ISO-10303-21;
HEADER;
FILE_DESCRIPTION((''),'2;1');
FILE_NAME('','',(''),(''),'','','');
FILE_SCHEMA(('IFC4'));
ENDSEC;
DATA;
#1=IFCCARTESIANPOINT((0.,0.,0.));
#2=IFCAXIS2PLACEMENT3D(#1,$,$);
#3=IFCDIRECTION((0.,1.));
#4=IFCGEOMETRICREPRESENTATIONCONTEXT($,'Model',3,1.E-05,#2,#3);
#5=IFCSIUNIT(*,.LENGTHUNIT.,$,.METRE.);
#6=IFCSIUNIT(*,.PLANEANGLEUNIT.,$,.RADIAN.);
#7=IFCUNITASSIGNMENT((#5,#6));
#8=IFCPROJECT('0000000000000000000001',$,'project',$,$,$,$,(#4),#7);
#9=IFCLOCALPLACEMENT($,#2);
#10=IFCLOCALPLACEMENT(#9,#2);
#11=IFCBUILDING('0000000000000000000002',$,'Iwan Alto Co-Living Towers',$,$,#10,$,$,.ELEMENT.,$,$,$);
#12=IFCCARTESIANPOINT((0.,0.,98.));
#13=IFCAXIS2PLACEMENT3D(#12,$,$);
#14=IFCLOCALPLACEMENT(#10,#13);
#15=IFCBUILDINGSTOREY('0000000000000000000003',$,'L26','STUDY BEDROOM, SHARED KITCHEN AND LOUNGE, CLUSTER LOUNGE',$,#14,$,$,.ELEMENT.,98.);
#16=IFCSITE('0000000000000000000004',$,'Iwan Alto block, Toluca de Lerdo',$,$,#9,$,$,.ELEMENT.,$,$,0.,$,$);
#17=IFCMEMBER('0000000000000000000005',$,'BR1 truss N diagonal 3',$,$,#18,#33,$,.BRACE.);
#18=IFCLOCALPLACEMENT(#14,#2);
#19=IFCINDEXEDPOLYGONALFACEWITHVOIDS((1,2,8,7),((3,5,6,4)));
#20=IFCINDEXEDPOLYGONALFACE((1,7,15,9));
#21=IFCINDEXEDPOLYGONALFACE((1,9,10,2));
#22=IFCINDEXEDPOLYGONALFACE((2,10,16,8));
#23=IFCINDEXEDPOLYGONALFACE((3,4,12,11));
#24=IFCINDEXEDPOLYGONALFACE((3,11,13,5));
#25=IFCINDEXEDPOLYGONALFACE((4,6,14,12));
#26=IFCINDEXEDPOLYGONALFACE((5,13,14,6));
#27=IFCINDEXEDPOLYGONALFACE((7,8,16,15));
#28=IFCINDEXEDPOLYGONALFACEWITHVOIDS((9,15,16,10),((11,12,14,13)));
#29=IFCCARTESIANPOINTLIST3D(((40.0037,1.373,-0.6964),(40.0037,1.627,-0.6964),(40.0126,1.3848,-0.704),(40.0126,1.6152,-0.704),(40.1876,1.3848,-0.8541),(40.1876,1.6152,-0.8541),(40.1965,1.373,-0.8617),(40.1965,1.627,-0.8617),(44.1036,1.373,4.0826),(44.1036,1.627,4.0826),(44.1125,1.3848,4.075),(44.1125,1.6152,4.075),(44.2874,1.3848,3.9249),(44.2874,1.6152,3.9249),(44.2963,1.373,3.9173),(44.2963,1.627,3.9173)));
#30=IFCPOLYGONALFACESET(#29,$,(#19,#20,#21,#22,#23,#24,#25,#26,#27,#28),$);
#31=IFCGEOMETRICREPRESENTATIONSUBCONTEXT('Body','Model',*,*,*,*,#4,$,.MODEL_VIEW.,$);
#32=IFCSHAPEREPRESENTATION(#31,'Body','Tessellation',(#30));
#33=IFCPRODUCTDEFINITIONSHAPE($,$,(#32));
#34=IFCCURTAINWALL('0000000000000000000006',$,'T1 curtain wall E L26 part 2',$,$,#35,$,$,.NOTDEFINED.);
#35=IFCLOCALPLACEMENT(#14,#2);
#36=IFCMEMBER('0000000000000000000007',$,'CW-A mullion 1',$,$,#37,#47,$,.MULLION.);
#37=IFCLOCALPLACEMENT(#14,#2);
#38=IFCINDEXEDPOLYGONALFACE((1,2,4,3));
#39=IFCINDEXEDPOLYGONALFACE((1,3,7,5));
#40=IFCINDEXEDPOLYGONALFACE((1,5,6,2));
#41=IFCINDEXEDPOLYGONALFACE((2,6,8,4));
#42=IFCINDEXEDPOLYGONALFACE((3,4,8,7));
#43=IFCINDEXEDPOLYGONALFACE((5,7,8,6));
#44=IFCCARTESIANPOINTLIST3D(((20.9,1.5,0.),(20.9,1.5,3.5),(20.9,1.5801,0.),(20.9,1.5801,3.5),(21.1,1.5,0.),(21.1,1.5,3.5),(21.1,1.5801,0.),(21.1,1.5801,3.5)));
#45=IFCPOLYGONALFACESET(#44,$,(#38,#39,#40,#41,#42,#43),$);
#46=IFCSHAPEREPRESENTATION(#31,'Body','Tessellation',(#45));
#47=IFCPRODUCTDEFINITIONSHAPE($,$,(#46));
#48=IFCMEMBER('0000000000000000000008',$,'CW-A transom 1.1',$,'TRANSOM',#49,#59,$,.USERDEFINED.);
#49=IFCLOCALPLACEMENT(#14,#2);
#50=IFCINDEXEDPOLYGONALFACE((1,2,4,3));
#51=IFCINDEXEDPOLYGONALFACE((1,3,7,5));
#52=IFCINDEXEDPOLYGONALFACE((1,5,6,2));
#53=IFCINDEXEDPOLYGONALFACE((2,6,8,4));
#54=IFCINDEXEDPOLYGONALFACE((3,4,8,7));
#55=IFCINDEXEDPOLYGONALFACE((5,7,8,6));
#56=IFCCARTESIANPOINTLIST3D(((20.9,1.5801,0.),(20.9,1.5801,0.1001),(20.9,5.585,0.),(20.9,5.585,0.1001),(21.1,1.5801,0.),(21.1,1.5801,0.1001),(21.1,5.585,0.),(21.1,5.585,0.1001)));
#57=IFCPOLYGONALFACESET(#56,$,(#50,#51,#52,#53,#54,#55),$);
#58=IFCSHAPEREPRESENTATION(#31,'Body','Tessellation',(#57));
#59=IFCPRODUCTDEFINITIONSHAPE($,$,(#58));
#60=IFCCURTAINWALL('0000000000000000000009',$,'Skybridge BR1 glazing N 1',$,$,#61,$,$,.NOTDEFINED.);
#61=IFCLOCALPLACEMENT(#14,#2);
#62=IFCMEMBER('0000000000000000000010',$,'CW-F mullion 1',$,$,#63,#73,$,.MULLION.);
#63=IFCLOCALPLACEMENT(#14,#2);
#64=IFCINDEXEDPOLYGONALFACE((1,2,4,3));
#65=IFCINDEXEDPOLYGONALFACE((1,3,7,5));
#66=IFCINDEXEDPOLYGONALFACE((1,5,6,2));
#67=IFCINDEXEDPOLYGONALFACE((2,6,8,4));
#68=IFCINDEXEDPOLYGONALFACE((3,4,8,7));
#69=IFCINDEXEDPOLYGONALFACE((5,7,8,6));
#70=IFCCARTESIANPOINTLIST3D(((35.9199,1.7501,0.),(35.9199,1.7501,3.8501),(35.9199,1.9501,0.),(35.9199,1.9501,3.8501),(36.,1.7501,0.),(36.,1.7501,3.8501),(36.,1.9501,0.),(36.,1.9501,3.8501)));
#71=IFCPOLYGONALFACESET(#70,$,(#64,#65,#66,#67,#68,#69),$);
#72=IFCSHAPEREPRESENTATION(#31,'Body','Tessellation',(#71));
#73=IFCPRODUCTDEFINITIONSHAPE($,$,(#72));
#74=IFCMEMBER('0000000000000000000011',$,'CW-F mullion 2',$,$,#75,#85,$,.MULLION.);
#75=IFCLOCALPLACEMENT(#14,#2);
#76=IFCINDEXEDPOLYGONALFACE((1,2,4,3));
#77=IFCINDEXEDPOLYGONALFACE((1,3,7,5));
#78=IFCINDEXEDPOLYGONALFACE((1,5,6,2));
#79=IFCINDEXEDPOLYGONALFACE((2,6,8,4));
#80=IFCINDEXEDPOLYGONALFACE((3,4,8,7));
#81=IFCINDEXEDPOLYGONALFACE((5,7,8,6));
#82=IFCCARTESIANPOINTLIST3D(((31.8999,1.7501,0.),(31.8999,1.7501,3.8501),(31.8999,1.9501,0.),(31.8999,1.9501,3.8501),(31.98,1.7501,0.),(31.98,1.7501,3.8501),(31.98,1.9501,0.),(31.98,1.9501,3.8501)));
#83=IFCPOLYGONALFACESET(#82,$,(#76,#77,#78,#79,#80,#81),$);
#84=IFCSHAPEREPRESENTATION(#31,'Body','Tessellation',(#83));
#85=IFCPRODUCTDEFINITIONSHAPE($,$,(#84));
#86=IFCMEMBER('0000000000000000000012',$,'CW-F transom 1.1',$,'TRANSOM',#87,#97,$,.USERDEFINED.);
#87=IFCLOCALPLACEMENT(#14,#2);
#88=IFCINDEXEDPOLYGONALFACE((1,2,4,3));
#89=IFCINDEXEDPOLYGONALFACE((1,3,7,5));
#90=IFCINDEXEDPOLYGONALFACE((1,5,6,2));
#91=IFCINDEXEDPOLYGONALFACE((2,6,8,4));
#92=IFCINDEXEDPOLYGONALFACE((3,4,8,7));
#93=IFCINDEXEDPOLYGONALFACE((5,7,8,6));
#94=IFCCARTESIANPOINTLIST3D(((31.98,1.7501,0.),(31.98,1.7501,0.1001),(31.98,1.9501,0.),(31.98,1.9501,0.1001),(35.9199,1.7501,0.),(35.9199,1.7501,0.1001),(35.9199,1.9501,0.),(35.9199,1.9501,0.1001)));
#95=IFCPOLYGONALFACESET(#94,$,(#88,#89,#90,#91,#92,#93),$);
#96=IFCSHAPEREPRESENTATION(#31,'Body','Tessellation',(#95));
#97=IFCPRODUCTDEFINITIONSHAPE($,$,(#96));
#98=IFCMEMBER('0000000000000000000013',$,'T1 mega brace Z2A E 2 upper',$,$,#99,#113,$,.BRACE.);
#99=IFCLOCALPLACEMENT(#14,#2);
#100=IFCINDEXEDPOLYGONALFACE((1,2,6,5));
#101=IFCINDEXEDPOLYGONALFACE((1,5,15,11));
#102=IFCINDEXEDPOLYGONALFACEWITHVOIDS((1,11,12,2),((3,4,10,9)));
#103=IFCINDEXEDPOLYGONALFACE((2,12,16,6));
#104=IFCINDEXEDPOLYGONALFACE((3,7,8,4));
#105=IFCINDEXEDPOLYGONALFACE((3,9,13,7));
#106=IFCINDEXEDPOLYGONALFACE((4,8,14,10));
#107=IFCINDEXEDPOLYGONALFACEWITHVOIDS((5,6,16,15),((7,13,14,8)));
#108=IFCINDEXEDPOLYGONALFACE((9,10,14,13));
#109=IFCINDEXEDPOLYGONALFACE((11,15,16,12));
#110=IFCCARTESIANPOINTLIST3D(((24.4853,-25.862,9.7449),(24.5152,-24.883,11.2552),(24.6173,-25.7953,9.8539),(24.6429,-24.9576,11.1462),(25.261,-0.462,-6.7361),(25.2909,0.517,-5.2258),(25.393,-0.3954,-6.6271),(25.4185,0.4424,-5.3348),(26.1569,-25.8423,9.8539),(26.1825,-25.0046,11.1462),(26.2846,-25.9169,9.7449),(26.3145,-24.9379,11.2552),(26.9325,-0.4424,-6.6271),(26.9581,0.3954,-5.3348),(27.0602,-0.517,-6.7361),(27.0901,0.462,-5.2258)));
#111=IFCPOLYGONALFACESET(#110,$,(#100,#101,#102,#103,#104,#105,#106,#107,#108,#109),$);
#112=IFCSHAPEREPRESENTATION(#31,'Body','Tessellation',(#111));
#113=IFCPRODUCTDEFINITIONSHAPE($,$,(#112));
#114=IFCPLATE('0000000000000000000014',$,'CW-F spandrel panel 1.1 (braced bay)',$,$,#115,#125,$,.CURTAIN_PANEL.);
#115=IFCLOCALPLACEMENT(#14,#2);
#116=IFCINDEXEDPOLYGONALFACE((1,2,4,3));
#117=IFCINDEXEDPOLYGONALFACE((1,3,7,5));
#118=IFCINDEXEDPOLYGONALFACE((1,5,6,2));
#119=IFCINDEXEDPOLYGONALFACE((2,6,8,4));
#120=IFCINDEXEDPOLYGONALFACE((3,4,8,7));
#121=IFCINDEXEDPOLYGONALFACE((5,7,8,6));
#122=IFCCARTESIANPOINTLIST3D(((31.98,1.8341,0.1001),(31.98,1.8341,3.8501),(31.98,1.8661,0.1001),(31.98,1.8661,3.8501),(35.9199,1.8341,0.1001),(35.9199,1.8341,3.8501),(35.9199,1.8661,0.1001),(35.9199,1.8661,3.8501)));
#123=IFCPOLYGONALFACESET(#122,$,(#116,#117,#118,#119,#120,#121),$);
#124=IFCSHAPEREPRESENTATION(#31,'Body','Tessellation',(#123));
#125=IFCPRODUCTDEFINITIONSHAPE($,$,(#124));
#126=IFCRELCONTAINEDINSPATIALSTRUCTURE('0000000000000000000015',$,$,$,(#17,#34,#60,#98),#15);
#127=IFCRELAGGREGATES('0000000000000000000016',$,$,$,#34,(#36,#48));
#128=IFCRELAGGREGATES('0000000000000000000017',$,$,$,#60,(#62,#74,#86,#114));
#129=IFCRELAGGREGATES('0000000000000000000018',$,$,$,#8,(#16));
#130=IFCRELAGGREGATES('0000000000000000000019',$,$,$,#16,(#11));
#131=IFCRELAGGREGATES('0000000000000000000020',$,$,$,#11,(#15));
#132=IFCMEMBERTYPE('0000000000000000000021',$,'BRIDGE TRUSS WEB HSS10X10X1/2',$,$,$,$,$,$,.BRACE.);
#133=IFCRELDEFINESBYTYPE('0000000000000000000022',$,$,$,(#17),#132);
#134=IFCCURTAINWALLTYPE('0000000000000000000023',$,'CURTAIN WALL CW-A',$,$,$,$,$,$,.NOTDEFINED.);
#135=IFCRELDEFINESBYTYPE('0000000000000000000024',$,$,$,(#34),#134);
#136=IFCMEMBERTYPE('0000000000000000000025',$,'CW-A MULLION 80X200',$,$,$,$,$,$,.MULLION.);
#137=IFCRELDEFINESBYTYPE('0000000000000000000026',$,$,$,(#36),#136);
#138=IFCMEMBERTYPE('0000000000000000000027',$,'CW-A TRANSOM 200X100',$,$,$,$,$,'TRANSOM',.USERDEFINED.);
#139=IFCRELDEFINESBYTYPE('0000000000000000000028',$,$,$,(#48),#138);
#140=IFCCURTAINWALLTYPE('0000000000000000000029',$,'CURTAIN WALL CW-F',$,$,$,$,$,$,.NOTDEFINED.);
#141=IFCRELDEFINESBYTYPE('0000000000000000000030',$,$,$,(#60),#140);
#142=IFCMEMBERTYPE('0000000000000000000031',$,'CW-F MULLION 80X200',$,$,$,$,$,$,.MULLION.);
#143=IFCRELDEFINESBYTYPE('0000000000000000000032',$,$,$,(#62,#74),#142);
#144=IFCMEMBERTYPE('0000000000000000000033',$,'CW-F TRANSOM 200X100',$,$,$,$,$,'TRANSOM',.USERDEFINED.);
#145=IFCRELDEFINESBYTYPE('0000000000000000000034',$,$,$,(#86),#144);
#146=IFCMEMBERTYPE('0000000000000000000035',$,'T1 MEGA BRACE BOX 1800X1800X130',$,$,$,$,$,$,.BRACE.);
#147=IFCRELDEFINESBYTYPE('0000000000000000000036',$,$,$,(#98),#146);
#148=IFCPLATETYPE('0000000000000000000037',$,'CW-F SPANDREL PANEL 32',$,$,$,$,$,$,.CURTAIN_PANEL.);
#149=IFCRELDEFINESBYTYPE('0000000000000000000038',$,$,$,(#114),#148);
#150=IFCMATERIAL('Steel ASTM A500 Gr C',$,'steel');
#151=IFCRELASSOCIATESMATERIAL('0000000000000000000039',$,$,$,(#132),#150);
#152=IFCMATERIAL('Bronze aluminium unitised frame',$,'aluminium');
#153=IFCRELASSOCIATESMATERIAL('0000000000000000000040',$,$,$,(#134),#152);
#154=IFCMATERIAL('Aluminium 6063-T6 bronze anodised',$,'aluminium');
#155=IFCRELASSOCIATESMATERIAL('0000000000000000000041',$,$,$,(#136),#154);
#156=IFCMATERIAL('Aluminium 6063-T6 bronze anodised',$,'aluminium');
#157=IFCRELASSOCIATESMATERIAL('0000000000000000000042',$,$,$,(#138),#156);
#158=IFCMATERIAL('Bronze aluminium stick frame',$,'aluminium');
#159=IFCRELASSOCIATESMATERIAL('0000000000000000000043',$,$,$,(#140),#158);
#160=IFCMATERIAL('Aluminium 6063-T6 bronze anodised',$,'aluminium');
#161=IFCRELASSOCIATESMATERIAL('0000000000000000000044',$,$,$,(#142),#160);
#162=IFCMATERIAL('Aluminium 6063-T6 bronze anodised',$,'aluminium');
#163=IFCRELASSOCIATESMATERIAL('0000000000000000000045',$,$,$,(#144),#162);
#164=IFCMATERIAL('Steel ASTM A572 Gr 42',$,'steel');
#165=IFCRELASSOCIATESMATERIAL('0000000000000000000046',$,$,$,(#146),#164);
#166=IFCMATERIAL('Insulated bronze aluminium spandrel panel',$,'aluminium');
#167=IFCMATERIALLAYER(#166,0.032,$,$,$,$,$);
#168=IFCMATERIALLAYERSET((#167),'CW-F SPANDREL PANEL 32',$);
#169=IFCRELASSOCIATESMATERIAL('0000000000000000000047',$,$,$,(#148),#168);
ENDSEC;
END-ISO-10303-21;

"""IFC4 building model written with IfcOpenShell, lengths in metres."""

from ifc_helpers import new_model, si_unit, direction, frame, origin, origin_2d, place, context, subcontext, project, spatial, rectangle, hollow_rectangle, extrude, material, layer, layer_set, material_profile, profile_set, type_object, element, aggregate, save


model = new_model("IFC4")

# Units and contexts
model_context = context("Model", 3, precision=1e-05, world=origin(), true_north=direction((0.0, 1.0)))
body_context = subcontext(model_context, "Body", "Model", "MODEL_VIEW")
ifc_project = project(units=[si_unit("LENGTHUNIT", "METRE"), si_unit("PLANEANGLEUNIT", "RADIAN")], contexts=[model_context])

# Site, building, storey
site_placement = place(None, origin())
site = spatial("IfcSite", under=ifc_project, at=site_placement, Name="Iwan Alto block, Toluca de Lerdo", CompositionType="ELEMENT", RefElevation=0.0)
building_placement = place(site_placement, origin())
building = spatial("IfcBuilding", under=site, at=building_placement, Name="Iwan Alto Co-Living Towers", CompositionType="ELEMENT")
storey_placement = place(building_placement, frame((0.0, 0.0, 98.0)))
storey = spatial("IfcBuildingStorey", under=building, at=storey_placement, Name="L26", Description="STUDY BEDROOM, SHARED KITCHEN AND LOUNGE, CLUSTER LOUNGE", CompositionType="ELEMENT", Elevation=98.0)

# Member
ifc_material_1 = material(Name="Steel ASTM A500 Gr C", Category="steel")
ifc_material_profile_1 = material_profile(ifc_material_1, hollow_rectangle(XDim=0.2539, YDim=0.2539, WallThickness=0.0117, at=origin_2d()), Name="HSS10X10X1/2")
ifc_profile_set_1 = profile_set([ifc_material_profile_1], Name="Steel ASTM A500 Gr C")
member_type_1 = type_object("IfcMemberType", Name="BRIDGE TRUSS WEB HSS10X10X1/2", PredefinedType="BRACE", material=ifc_profile_set_1)
member_1_placement = place(storey_placement, frame((40.1001, 1.5, -0.7791), z_axis=(0.651114, 0.0, 0.75898), x_axis=(0.0, 1.0, 0.0)))
element("IfcMember", 1, at=member_1_placement, inside=storey, type_object=member_type_1, Name="BR1 truss N diagonal 3", PredefinedType="BRACE", context=body_context, shape_type="SweptSolid", body=[
    extrude(hollow_rectangle(XDim=0.2539, YDim=0.2539, WallThickness=0.0117, at=origin_2d()), origin(), (0.0, 0.0, 1.0), 6.2966),
])

# Curtain walls, members
ifc_material_2 = material(Name="Bronze aluminium unitised frame", Category="aluminium")
curtain_wall_type_1 = type_object("IfcCurtainWallType", Name="CURTAIN WALL CW-A", PredefinedType="NOTDEFINED", material=ifc_material_2)
curtain_wall_1_placement = place(storey_placement, origin())
curtain_wall_1 = element("IfcCurtainWall", 2, at=curtain_wall_1_placement, inside=storey, type_object=curtain_wall_type_1, Name="T1 curtain wall E L26 part 2", PredefinedType="NOTDEFINED")
ifc_material_3 = material(Name="Aluminium 6063-T6 bronze anodised", Category="aluminium")
ifc_material_profile_2 = material_profile(ifc_material_3, rectangle(XDim=0.2, YDim=0.0801, at=origin_2d()), Name="AL 80X200")
ifc_profile_set_2 = profile_set([ifc_material_profile_2], Name="Aluminium 6063-T6 bronze anodised")
member_type_2 = type_object("IfcMemberType", Name="CW-A MULLION 80X200", PredefinedType="MULLION", material=ifc_profile_set_2)
member_2_placement = place(storey_placement, frame((21.0, 1.54, 0.0), z_axis=(0.0, 0.0, 1.0), x_axis=(-1.0, 0.0, 0.0)))
member_2 = element("IfcMember", 3, at=member_2_placement, type_object=member_type_2, Name="CW-A mullion 1", PredefinedType="MULLION", context=body_context, shape_type="SweptSolid", body=[
    extrude(rectangle(XDim=0.2, YDim=0.0801, at=origin_2d()), origin(), (0.0, 0.0, 1.0), 3.5),
])
ifc_material_4 = material(Name="Aluminium 6063-T6 bronze anodised", Category="aluminium")
ifc_material_profile_3 = material_profile(ifc_material_4, rectangle(XDim=0.2, YDim=0.1001, at=origin_2d()), Name="AL 200X100")
ifc_profile_set_3 = profile_set([ifc_material_profile_3], Name="Aluminium 6063-T6 bronze anodised")
member_type_3 = type_object("IfcMemberType", Name="CW-A TRANSOM 200X100", ElementType="TRANSOM", PredefinedType="USERDEFINED", material=ifc_profile_set_3)
member_3_placement = place(storey_placement, frame((21.0, 1.5801, 0.05), z_axis=(0.0, 1.0, 0.0), x_axis=(-1.0, 0.0, 0.0)))
member_3 = element("IfcMember", 4, at=member_3_placement, type_object=member_type_3, Name="CW-A transom 1.1", ObjectType="TRANSOM", PredefinedType="USERDEFINED", context=body_context, shape_type="SweptSolid", body=[
    extrude(rectangle(XDim=0.2, YDim=0.1001, at=origin_2d()), origin(), (0.0, 0.0, 1.0), 4.0049),
])
aggregate(curtain_wall_1, [member_2, member_3])
ifc_material_5 = material(Name="Bronze aluminium stick frame", Category="aluminium")
curtain_wall_type_2 = type_object("IfcCurtainWallType", Name="CURTAIN WALL CW-F", PredefinedType="NOTDEFINED", material=ifc_material_5)
curtain_wall_2_placement = place(storey_placement, origin())
curtain_wall_2 = element("IfcCurtainWall", 5, at=curtain_wall_2_placement, inside=storey, type_object=curtain_wall_type_2, Name="Skybridge BR1 glazing N 1", PredefinedType="NOTDEFINED")
ifc_material_6 = material(Name="Aluminium 6063-T6 bronze anodised", Category="aluminium")
ifc_material_profile_4 = material_profile(ifc_material_6, rectangle(XDim=0.2, YDim=0.0801, at=origin_2d()), Name="AL 80X200")
ifc_profile_set_4 = profile_set([ifc_material_profile_4], Name="Aluminium 6063-T6 bronze anodised")
member_type_4 = type_object("IfcMemberType", Name="CW-F MULLION 80X200", PredefinedType="MULLION", material=ifc_profile_set_4)
member_4_placement = place(storey_placement, frame((35.96, 1.8501, 0.0), z_axis=(0.0, 0.0, 1.0), x_axis=(0.0, -1.0, 0.0)))
member_4 = element("IfcMember", 6, at=member_4_placement, type_object=member_type_4, Name="CW-F mullion 1", PredefinedType="MULLION", context=body_context, shape_type="SweptSolid", body=[
    extrude(rectangle(XDim=0.2, YDim=0.0801, at=origin_2d()), origin(), (0.0, 0.0, 1.0), 3.8501),
])
member_5_placement = place(storey_placement, frame((31.9399, 1.8501, 0.0), z_axis=(0.0, 0.0, 1.0), x_axis=(0.0, -1.0, 0.0)))
member_5 = element("IfcMember", 7, at=member_5_placement, type_object=member_type_4, Name="CW-F mullion 2", PredefinedType="MULLION", context=body_context, shape_type="SweptSolid", body=[
    extrude(rectangle(XDim=0.2, YDim=0.0801, at=origin_2d()), origin(), (0.0, 0.0, 1.0), 3.8501),
])
ifc_material_7 = material(Name="Aluminium 6063-T6 bronze anodised", Category="aluminium")
ifc_material_profile_5 = material_profile(ifc_material_7, rectangle(XDim=0.2, YDim=0.1001, at=origin_2d()), Name="AL 200X100")
ifc_profile_set_5 = profile_set([ifc_material_profile_5], Name="Aluminium 6063-T6 bronze anodised")
member_type_5 = type_object("IfcMemberType", Name="CW-F TRANSOM 200X100", ElementType="TRANSOM", PredefinedType="USERDEFINED", material=ifc_profile_set_5)
member_6_placement = place(storey_placement, frame((35.9199, 1.8501, 0.05), z_axis=(-1.0, 0.0, 0.0), x_axis=(0.0, -1.0, 0.0)))
member_6 = element("IfcMember", 8, at=member_6_placement, type_object=member_type_5, Name="CW-F transom 1.1", ObjectType="TRANSOM", PredefinedType="USERDEFINED", context=body_context, shape_type="SweptSolid", body=[
    extrude(rectangle(XDim=0.2, YDim=0.1001, at=origin_2d()), origin(), (0.0, 0.0, 1.0), 3.9399),
])

# Member
ifc_material_8 = material(Name="Steel ASTM A572 Gr 42", Category="steel")
ifc_material_profile_6 = material_profile(ifc_material_8, hollow_rectangle(XDim=1.8, YDim=1.8, WallThickness=0.1299, at=origin_2d()), Name="BOX 1800X1800X130")
ifc_profile_set_6 = profile_set([ifc_material_profile_6], Name="Steel ASTM A572 Gr 42")
member_type_6 = type_object("IfcMemberType", Name="T1 MEGA BRACE BOX 1800X1800X130", PredefinedType="BRACE", material=ifc_profile_set_6)
member_7_placement = place(storey_placement, frame((26.1755, 0.0, -5.981), z_axis=(-0.025608, -0.838606, 0.544137), x_axis=(0.999534, -0.030523, 0.0)))
element("IfcMember", 9, at=member_7_placement, inside=storey, type_object=member_type_6, Name="T1 mega brace Z2A E 2 upper", PredefinedType="BRACE", context=body_context, shape_type="SweptSolid", body=[
    extrude(hollow_rectangle(XDim=1.8, YDim=1.8, WallThickness=0.1299, at=origin_2d()), origin(), (0.0, 0.0, 1.0), 30.2883),
])

# Plate
ifc_material_9 = material(Name="Insulated bronze aluminium spandrel panel", Category="aluminium")
ifc_layer = layer(ifc_material_9, 0.032)
ifc_layer_set = layer_set([ifc_layer], Name="CW-F SPANDREL PANEL 32")
plate_type = type_object("IfcPlateType", Name="CW-F SPANDREL PANEL 32", PredefinedType="CURTAIN_PANEL", material=ifc_layer_set)
plate_placement = place(storey_placement, frame((33.95, 1.8501, 0.1001), z_axis=(0.0, 0.0, 1.0), x_axis=(-1.0, 0.0, 0.0)))
plate = element("IfcPlate", 10, at=plate_placement, type_object=plate_type, Name="CW-F spandrel panel 1.1 (braced bay)", PredefinedType="CURTAIN_PANEL", context=body_context, shape_type="SweptSolid", body=[
    extrude(rectangle(XDim=3.9399, YDim=0.032, at=origin_2d()), origin(), (0.0, 0.0, 1.0), 3.75),
])
aggregate(curtain_wall_2, [member_4, member_5, member_6, plate])

save(model, "model.ifc")
